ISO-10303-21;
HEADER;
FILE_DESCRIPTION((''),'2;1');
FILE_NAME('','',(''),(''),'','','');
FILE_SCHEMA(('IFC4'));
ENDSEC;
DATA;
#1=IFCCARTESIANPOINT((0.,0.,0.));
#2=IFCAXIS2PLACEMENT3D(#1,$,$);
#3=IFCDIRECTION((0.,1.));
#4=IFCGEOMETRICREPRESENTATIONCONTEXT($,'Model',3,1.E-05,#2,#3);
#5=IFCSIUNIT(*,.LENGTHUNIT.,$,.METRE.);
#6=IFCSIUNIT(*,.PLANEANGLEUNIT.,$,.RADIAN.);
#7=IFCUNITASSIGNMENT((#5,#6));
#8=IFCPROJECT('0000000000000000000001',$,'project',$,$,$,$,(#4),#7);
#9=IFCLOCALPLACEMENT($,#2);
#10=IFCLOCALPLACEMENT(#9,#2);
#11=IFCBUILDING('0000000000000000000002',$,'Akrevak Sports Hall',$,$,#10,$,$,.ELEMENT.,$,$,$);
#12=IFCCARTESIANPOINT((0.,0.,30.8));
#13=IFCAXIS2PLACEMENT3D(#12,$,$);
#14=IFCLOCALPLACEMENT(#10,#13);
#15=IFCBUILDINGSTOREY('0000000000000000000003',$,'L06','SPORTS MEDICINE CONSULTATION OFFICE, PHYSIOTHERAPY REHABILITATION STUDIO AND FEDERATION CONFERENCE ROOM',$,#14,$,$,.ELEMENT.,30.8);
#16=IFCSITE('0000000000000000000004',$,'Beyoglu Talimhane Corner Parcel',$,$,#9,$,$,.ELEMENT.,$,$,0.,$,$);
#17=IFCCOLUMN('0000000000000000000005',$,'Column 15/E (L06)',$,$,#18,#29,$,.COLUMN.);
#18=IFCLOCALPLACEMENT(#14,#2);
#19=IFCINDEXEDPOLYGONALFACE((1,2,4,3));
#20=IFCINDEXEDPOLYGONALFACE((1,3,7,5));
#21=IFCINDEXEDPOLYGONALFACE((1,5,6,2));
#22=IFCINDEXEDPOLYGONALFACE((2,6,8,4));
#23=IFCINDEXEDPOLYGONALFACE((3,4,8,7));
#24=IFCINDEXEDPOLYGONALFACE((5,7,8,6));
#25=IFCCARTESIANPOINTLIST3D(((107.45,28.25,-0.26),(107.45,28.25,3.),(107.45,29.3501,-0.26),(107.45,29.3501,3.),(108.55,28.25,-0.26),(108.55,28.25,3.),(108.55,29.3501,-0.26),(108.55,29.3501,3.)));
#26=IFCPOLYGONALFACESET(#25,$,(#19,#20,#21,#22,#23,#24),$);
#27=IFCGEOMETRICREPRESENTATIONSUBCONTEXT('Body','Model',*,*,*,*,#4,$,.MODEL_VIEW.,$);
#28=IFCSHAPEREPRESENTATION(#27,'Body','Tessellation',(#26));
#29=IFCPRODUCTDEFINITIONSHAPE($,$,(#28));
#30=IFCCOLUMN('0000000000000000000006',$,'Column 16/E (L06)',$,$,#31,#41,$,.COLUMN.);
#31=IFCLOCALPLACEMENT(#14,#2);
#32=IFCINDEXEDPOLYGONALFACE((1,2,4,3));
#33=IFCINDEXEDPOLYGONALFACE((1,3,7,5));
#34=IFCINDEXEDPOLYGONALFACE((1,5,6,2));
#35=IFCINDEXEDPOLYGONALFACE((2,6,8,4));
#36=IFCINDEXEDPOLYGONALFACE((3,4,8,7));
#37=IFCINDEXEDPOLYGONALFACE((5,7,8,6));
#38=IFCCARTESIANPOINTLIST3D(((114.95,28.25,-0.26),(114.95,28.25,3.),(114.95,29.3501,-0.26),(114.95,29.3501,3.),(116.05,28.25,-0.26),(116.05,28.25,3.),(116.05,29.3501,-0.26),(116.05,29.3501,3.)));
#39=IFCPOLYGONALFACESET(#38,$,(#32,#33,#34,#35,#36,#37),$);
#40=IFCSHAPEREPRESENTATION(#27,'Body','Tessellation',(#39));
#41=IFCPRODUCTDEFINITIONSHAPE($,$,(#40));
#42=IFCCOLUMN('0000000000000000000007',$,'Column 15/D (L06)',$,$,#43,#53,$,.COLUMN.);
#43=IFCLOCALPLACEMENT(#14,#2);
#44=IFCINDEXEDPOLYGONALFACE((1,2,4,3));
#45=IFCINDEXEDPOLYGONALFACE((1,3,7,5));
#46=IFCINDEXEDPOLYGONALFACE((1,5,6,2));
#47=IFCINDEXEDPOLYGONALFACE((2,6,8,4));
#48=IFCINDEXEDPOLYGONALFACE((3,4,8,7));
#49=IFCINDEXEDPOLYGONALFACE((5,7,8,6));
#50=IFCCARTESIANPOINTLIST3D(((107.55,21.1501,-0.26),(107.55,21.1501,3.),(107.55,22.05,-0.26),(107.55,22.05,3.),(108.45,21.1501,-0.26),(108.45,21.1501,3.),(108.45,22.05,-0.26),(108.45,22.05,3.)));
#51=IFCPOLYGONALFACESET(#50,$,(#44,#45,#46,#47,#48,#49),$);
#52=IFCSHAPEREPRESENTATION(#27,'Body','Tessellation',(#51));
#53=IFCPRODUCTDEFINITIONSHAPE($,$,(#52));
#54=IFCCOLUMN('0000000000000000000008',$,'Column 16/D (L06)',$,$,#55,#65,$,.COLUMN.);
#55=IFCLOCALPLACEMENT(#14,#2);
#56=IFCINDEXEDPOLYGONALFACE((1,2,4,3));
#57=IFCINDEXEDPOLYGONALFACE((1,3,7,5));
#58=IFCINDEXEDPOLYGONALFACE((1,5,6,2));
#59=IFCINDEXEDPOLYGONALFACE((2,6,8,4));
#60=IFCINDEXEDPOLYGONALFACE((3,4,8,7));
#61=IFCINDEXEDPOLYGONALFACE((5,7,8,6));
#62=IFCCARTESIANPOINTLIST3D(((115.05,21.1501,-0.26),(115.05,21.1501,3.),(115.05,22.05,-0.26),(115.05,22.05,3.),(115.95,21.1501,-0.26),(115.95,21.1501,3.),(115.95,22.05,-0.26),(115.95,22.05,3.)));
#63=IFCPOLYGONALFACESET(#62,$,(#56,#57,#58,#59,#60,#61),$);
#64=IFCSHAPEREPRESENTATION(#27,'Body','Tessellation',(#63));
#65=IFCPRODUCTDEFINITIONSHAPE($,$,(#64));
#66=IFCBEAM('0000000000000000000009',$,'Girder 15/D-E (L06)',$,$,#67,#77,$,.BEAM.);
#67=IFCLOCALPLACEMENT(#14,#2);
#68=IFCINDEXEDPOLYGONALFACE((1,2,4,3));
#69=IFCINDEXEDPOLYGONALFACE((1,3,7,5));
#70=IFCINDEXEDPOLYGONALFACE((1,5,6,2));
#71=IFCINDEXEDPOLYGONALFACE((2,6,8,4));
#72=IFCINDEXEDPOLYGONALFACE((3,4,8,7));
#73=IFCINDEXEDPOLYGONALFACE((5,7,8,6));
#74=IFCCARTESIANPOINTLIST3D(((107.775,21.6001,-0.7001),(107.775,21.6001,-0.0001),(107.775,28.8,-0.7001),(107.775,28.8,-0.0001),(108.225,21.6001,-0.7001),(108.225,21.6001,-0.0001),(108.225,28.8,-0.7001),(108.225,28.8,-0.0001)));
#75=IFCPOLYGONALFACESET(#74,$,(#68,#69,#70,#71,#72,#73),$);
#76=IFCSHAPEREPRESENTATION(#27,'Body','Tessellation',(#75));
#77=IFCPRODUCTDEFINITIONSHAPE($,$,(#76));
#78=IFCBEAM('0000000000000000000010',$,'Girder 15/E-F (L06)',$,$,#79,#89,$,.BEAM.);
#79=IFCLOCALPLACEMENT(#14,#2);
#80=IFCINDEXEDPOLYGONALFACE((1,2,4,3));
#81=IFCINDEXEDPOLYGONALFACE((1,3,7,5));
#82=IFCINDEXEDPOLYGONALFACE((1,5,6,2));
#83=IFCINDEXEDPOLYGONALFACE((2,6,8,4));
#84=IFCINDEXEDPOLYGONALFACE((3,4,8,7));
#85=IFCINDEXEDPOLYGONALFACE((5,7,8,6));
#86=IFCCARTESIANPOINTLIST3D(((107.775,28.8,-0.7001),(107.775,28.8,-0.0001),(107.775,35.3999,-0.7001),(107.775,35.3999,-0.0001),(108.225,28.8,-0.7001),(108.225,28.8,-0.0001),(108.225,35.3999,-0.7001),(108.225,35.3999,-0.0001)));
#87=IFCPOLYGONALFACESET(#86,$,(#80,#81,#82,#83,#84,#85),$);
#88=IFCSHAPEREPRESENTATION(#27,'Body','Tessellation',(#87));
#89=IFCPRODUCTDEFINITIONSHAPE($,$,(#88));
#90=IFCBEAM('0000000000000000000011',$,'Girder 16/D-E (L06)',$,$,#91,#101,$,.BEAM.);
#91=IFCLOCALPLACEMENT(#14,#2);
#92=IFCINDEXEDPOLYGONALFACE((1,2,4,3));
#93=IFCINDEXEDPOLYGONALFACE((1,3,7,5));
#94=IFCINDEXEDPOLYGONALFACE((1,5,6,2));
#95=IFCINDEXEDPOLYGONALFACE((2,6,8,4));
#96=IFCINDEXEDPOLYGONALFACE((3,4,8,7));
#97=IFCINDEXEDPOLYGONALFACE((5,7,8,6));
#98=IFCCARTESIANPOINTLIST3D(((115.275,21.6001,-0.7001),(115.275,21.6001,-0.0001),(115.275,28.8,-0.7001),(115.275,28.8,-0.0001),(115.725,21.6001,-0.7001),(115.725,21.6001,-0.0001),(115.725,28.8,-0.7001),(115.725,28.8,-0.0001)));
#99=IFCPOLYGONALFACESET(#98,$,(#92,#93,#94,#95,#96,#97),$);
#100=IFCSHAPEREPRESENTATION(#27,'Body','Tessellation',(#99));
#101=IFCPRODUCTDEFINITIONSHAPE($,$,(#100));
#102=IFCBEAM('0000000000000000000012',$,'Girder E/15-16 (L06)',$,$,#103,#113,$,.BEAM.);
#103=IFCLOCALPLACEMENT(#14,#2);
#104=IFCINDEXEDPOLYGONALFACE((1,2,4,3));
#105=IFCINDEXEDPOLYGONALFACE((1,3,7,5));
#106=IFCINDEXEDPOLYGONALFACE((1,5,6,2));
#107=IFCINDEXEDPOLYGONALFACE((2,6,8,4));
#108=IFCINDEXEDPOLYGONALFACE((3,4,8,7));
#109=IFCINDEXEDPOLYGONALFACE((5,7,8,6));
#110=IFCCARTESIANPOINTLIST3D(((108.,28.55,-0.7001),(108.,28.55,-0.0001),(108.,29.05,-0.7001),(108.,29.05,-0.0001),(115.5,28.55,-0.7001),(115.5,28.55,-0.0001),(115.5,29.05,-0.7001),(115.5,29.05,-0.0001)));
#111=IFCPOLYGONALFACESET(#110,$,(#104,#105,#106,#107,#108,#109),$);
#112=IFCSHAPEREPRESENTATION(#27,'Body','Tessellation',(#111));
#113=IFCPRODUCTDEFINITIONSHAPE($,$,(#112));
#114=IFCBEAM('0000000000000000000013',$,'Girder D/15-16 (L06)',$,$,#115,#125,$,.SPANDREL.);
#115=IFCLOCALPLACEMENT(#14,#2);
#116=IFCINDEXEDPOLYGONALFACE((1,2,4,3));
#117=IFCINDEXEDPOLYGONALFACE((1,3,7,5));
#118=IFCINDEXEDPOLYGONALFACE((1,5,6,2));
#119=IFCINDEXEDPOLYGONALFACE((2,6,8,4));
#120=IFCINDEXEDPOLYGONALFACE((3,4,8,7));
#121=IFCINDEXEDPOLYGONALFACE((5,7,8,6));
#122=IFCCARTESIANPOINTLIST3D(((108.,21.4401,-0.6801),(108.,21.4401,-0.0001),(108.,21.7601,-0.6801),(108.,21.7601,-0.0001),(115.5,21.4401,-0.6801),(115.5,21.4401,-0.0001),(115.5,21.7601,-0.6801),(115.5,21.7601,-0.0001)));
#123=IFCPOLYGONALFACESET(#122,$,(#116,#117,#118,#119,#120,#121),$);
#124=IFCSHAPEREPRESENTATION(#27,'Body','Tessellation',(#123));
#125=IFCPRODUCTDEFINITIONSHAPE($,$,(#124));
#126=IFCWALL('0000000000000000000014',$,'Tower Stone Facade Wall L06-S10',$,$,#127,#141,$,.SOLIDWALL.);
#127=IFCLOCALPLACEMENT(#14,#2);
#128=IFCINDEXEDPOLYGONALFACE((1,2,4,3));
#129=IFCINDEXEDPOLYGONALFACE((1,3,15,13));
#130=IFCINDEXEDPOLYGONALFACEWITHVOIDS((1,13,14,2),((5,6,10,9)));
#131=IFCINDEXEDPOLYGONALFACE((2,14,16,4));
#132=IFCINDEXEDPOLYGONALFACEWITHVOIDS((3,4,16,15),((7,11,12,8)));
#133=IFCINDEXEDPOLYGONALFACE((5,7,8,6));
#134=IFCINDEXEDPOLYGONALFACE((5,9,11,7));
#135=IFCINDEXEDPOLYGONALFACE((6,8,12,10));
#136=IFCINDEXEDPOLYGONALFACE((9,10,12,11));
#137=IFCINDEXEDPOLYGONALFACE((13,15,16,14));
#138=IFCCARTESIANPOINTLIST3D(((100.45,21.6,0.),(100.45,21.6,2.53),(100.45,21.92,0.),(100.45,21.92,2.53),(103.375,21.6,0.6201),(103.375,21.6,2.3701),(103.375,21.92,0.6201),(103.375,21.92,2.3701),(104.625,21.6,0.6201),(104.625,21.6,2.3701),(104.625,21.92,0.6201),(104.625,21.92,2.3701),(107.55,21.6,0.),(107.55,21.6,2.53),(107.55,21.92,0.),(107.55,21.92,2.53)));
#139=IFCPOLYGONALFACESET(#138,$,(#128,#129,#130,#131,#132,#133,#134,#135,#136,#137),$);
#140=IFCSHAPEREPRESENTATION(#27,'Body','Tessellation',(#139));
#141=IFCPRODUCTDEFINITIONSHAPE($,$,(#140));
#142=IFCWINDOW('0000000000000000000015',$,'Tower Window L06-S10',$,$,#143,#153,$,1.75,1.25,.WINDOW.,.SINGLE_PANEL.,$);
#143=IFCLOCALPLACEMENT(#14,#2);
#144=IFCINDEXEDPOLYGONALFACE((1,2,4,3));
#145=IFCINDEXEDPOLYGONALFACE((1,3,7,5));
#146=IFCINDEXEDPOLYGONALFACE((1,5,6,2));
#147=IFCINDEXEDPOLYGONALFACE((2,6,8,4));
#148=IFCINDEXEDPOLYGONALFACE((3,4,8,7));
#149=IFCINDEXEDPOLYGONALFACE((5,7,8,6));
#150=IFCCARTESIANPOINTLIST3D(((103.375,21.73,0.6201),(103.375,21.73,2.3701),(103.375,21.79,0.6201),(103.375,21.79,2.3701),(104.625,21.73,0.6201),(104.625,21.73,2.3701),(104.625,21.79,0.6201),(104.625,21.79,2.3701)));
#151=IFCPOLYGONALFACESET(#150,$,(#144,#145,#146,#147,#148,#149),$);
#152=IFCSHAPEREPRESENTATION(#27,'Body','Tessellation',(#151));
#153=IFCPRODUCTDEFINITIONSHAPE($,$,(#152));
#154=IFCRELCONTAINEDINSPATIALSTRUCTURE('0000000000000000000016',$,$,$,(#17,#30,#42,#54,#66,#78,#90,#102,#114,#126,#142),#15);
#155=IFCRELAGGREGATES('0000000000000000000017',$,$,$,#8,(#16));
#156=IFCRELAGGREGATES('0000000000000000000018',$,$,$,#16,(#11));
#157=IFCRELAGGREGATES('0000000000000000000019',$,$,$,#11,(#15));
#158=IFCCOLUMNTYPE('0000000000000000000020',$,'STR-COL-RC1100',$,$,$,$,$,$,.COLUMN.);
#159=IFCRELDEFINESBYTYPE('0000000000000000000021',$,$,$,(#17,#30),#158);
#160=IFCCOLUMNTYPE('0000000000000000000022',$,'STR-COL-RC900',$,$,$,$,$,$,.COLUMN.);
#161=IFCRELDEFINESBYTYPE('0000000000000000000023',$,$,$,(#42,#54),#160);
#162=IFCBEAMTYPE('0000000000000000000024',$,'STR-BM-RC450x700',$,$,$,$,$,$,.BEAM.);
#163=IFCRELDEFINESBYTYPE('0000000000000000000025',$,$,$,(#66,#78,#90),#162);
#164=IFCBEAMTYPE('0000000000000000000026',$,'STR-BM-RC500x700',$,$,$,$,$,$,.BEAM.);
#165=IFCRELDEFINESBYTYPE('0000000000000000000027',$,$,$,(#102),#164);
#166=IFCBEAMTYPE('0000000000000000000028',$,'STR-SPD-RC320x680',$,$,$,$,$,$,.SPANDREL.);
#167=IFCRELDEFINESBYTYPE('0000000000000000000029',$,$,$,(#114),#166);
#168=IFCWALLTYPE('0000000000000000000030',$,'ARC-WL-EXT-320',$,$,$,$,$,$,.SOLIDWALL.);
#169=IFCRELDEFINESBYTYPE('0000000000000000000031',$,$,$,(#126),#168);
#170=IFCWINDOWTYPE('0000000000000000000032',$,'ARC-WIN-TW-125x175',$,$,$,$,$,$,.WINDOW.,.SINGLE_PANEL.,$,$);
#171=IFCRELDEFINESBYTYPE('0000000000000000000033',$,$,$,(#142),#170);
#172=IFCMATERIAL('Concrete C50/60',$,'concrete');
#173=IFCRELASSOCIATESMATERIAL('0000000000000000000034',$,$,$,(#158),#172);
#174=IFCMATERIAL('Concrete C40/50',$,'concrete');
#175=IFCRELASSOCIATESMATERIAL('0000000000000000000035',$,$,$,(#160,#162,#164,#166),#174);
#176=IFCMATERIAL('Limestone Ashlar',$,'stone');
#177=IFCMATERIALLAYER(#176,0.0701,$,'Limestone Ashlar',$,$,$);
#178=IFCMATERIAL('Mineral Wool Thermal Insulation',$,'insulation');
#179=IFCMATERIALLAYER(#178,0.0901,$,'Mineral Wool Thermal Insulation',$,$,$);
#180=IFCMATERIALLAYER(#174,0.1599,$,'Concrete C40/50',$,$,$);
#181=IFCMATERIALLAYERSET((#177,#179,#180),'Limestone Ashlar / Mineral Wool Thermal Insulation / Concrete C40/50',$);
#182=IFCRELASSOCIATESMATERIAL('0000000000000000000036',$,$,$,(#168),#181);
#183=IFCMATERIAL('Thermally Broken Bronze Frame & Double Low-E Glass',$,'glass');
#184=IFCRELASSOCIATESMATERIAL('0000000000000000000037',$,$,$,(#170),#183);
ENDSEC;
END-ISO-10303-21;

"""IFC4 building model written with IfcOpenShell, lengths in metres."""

from ifc_helpers import new_model, si_unit, direction, frame, frame_2d, origin, origin_2d, place, context, subcontext, project, spatial, rectangle, extrude, material, layer, layer_set, material_profile, profile_set, type_object, element, fill, save


model = new_model("IFC4")

# Units and contexts
model_context = context("Model", 3, precision=1e-05, world=origin(), true_north=direction((0.0, 1.0)))
body_context = subcontext(model_context, "Body", "Model", "MODEL_VIEW")
ifc_project = project(units=[si_unit("LENGTHUNIT", "METRE"), si_unit("PLANEANGLEUNIT", "RADIAN")], contexts=[model_context])

# Site, building, storey
site_placement = place(None, origin())
site = spatial("IfcSite", under=ifc_project, at=site_placement, Name="Beyoglu Talimhane Corner Parcel", CompositionType="ELEMENT", RefElevation=0.0)
building_placement = place(site_placement, origin())
building = spatial("IfcBuilding", under=site, at=building_placement, Name="Akrevak Sports Hall", CompositionType="ELEMENT")
storey_placement = place(building_placement, frame((0.0, 0.0, 30.8)))
storey = spatial("IfcBuildingStorey", under=building, at=storey_placement, Name="L06", Description="SPORTS MEDICINE CONSULTATION OFFICE, PHYSIOTHERAPY REHABILITATION STUDIO AND FEDERATION CONFERENCE ROOM", CompositionType="ELEMENT", Elevation=30.8)

# Columns
ifc_material_1 = material(Name="Concrete C50/60", Category="concrete")
ifc_material_profile_1 = material_profile(ifc_material_1, rectangle(XDim=1.1001, YDim=1.1001, at=origin_2d()), Name="RC 1100x1100", Category="concrete")
ifc_profile_set_1 = profile_set([ifc_material_profile_1], Name="Concrete C50/60")
column_type_1 = type_object("IfcColumnType", Name="STR-COL-RC1100", PredefinedType="COLUMN", material=ifc_profile_set_1)
for number, where, z_axis, x_axis, name in (
    (1, (108.0, 28.8, -0.26), (0.0, 0.0, 1.0), (1.0, 0.0, 0.0), "Column 15/E (L06)"),
    (2, (115.5, 28.8, -0.26), (0.0, 0.0, 1.0), (1.0, 0.0, 0.0), "Column 16/E (L06)"),
):
    element("IfcColumn", number, at=place(storey_placement, frame(where, z_axis=z_axis, x_axis=x_axis)), inside=storey, type_object=column_type_1, Name=name, PredefinedType="COLUMN", context=body_context, shape_type="SweptSolid", body=[
        extrude(rectangle(XDim=1.1001, YDim=1.1001, at=origin_2d()), origin(), (0.0, 0.0, 1.0), 3.26),
    ])
ifc_material_2 = material(Name="Concrete C40/50", Category="concrete")
ifc_material_profile_2 = material_profile(ifc_material_2, rectangle(XDim=0.8999, YDim=0.8999, at=origin_2d()), Name="RC 900x900", Category="concrete")
ifc_profile_set_2 = profile_set([ifc_material_profile_2], Name="Concrete C40/50")
column_type_2 = type_object("IfcColumnType", Name="STR-COL-RC900", PredefinedType="COLUMN", material=ifc_profile_set_2)
for number, where, z_axis, x_axis, name in (
    (3, (108.0, 21.6001, -0.26), (0.0, 0.0, 1.0), (1.0, 0.0, 0.0), "Column 15/D (L06)"),
    (4, (115.5, 21.6001, -0.26), (0.0, 0.0, 1.0), (1.0, 0.0, 0.0), "Column 16/D (L06)"),
):
    element("IfcColumn", number, at=place(storey_placement, frame(where, z_axis=z_axis, x_axis=x_axis)), inside=storey, type_object=column_type_2, Name=name, PredefinedType="COLUMN", context=body_context, shape_type="SweptSolid", body=[
        extrude(rectangle(XDim=0.8999, YDim=0.8999, at=origin_2d()), origin(), (0.0, 0.0, 1.0), 3.26),
    ])

# Beams
ifc_material_profile_3 = material_profile(ifc_material_2, rectangle(XDim=0.45, YDim=0.7, at=origin_2d()), Name="BM 450x700", Category="concrete")
ifc_profile_set_3 = profile_set([ifc_material_profile_3], Name="Concrete C40/50")
beam_type_1 = type_object("IfcBeamType", Name="STR-BM-RC450x700", PredefinedType="BEAM", material=ifc_profile_set_3)
beam_1_placement = place(storey_placement, frame((108.0, 21.6001, -0.3501), z_axis=(0.0, 1.0, 0.0), x_axis=(-1.0, 0.0, 0.0)))
element("IfcBeam", 5, at=beam_1_placement, inside=storey, type_object=beam_type_1, Name="Girder 15/D-E (L06)", PredefinedType="BEAM", context=body_context, shape_type="SweptSolid", body=[
    extrude(rectangle(XDim=0.45, YDim=0.7, at=origin_2d()), origin(), (0.0, 0.0, 1.0), 7.2),
])
beam_2_placement = place(storey_placement, frame((108.0, 28.8, -0.3501), z_axis=(0.0, 1.0, 0.0), x_axis=(-1.0, 0.0, 0.0)))
element("IfcBeam", 6, at=beam_2_placement, inside=storey, type_object=beam_type_1, Name="Girder 15/E-F (L06)", PredefinedType="BEAM", context=body_context, shape_type="SweptSolid", body=[
    extrude(rectangle(XDim=0.45, YDim=0.7, at=origin_2d()), origin(), (0.0, 0.0, 1.0), 6.5999),
])
beam_3_placement = place(storey_placement, frame((115.5, 21.6001, -0.3501), z_axis=(0.0, 1.0, 0.0), x_axis=(-1.0, 0.0, 0.0)))
element("IfcBeam", 7, at=beam_3_placement, inside=storey, type_object=beam_type_1, Name="Girder 16/D-E (L06)", PredefinedType="BEAM", context=body_context, shape_type="SweptSolid", body=[
    extrude(rectangle(XDim=0.45, YDim=0.7, at=origin_2d()), origin(), (0.0, 0.0, 1.0), 7.2),
])
ifc_material_profile_4 = material_profile(ifc_material_2, rectangle(XDim=0.5, YDim=0.7, at=origin_2d()), Name="BM 500x700", Category="concrete")
ifc_profile_set_4 = profile_set([ifc_material_profile_4], Name="Concrete C40/50")
beam_type_2 = type_object("IfcBeamType", Name="STR-BM-RC500x700", PredefinedType="BEAM", material=ifc_profile_set_4)
beam_4_placement = place(storey_placement, frame((108.0, 28.8, -0.3501), z_axis=(1.0, 0.0, 0.0), x_axis=(0.0, 1.0, 0.0)))
element("IfcBeam", 8, at=beam_4_placement, inside=storey, type_object=beam_type_2, Name="Girder E/15-16 (L06)", PredefinedType="BEAM", context=body_context, shape_type="SweptSolid", body=[
    extrude(rectangle(XDim=0.5, YDim=0.7, at=origin_2d()), origin(), (0.0, 0.0, 1.0), 7.5),
])
ifc_material_profile_5 = material_profile(ifc_material_2, rectangle(XDim=0.3201, YDim=0.6799, at=origin_2d()), Name="SPD 320x680", Category="concrete")
ifc_profile_set_5 = profile_set([ifc_material_profile_5], Name="Concrete C40/50")
beam_type_3 = type_object("IfcBeamType", Name="STR-SPD-RC320x680", PredefinedType="SPANDREL", material=ifc_profile_set_5)
beam_5_placement = place(storey_placement, frame((108.0, 21.6001, -0.3401), z_axis=(1.0, 0.0, 0.0), x_axis=(0.0, 1.0, 0.0)))
element("IfcBeam", 9, at=beam_5_placement, inside=storey, type_object=beam_type_3, Name="Girder D/15-16 (L06)", PredefinedType="SPANDREL", context=body_context, shape_type="SweptSolid", body=[
    extrude(rectangle(XDim=0.3201, YDim=0.6799, at=origin_2d()), origin(), (0.0, 0.0, 1.0), 7.5),
])

# Wall, opening, window
ifc_material_3 = material(Name="Limestone Ashlar", Category="stone")
ifc_layer_1 = layer(ifc_material_3, 0.0701, Name="Limestone Ashlar")
ifc_material_4 = material(Name="Mineral Wool Thermal Insulation", Category="insulation")
ifc_layer_2 = layer(ifc_material_4, 0.0901, Name="Mineral Wool Thermal Insulation")
ifc_layer_3 = layer(ifc_material_2, 0.1599, Name="Concrete C40/50")
ifc_layer_set_1 = layer_set([ifc_layer_1, ifc_layer_2, ifc_layer_3], Name="Limestone Ashlar / Mineral Wool Thermal Insulation / Concrete C40/50")
wall_type = type_object("IfcWallType", Name="ARC-WL-EXT-320", PredefinedType="SOLIDWALL", material=ifc_layer_set_1)
wall_1_placement = place(storey_placement, frame((100.45, 21.76, 0.0), z_axis=(0.0, 0.0, 1.0), x_axis=(1.0, 0.0, 0.0)))
wall_1 = element("IfcWall", 10, at=wall_1_placement, inside=storey, type_object=wall_type, Name="Tower Stone Facade Wall L06-S10", PredefinedType="SOLIDWALL", context=body_context, shape_type="SweptSolid", body=[
    extrude(rectangle(XDim=7.1001, YDim=0.3201, at=frame_2d((3.55, 0.0))), origin(), (0.0, 0.0, 1.0), 2.53),
])
opening_1_placement = place(wall_1_placement, frame((2.925, 0.0, 0.6201)))
opening_1 = element("IfcOpeningElement", 11, at=opening_1_placement, cuts=wall_1, PredefinedType="OPENING", context=body_context, shape_type="SweptSolid", body=[
    extrude(rectangle(XDim=1.25, YDim=1.75, at=frame_2d((0.625, 0.875))), frame((0.0, 0.1719, 0.0), z_axis=(0.0, -1.0, 0.0), x_axis=(1.0, 0.0, 0.0)), (0.0, 0.0, 1.0), 0.344),
])
ifc_material_5 = material(Name="Thermally Broken Bronze Frame & Double Low-E Glass", Category="glass")
window_type_1 = type_object("IfcWindowType", Name="ARC-WIN-TW-125x175", PartitioningType="SINGLE_PANEL", PredefinedType="WINDOW", material=ifc_material_5)
window_1_placement = place(opening_1_placement, origin())
window_1 = element("IfcWindow", 12, at=window_1_placement, inside=storey, type_object=window_type_1, Name="Tower Window L06-S10", OverallHeight=1.75, OverallWidth=1.25, PartitioningType="SINGLE_PANEL", PredefinedType="WINDOW", context=body_context, shape_type="SweptSolid", body=[
    extrude(rectangle(XDim=1.25, YDim=1.75, at=frame_2d((0.625, 0.875))), frame((0.0, 0.03, 0.0), z_axis=(0.0, -1.0, 0.0), x_axis=(1.0, 0.0, 0.0)), (0.0, 0.0, 1.0), 0.0601),
])
fill(opening_1, window_1)

save(model, "model.ifc")
